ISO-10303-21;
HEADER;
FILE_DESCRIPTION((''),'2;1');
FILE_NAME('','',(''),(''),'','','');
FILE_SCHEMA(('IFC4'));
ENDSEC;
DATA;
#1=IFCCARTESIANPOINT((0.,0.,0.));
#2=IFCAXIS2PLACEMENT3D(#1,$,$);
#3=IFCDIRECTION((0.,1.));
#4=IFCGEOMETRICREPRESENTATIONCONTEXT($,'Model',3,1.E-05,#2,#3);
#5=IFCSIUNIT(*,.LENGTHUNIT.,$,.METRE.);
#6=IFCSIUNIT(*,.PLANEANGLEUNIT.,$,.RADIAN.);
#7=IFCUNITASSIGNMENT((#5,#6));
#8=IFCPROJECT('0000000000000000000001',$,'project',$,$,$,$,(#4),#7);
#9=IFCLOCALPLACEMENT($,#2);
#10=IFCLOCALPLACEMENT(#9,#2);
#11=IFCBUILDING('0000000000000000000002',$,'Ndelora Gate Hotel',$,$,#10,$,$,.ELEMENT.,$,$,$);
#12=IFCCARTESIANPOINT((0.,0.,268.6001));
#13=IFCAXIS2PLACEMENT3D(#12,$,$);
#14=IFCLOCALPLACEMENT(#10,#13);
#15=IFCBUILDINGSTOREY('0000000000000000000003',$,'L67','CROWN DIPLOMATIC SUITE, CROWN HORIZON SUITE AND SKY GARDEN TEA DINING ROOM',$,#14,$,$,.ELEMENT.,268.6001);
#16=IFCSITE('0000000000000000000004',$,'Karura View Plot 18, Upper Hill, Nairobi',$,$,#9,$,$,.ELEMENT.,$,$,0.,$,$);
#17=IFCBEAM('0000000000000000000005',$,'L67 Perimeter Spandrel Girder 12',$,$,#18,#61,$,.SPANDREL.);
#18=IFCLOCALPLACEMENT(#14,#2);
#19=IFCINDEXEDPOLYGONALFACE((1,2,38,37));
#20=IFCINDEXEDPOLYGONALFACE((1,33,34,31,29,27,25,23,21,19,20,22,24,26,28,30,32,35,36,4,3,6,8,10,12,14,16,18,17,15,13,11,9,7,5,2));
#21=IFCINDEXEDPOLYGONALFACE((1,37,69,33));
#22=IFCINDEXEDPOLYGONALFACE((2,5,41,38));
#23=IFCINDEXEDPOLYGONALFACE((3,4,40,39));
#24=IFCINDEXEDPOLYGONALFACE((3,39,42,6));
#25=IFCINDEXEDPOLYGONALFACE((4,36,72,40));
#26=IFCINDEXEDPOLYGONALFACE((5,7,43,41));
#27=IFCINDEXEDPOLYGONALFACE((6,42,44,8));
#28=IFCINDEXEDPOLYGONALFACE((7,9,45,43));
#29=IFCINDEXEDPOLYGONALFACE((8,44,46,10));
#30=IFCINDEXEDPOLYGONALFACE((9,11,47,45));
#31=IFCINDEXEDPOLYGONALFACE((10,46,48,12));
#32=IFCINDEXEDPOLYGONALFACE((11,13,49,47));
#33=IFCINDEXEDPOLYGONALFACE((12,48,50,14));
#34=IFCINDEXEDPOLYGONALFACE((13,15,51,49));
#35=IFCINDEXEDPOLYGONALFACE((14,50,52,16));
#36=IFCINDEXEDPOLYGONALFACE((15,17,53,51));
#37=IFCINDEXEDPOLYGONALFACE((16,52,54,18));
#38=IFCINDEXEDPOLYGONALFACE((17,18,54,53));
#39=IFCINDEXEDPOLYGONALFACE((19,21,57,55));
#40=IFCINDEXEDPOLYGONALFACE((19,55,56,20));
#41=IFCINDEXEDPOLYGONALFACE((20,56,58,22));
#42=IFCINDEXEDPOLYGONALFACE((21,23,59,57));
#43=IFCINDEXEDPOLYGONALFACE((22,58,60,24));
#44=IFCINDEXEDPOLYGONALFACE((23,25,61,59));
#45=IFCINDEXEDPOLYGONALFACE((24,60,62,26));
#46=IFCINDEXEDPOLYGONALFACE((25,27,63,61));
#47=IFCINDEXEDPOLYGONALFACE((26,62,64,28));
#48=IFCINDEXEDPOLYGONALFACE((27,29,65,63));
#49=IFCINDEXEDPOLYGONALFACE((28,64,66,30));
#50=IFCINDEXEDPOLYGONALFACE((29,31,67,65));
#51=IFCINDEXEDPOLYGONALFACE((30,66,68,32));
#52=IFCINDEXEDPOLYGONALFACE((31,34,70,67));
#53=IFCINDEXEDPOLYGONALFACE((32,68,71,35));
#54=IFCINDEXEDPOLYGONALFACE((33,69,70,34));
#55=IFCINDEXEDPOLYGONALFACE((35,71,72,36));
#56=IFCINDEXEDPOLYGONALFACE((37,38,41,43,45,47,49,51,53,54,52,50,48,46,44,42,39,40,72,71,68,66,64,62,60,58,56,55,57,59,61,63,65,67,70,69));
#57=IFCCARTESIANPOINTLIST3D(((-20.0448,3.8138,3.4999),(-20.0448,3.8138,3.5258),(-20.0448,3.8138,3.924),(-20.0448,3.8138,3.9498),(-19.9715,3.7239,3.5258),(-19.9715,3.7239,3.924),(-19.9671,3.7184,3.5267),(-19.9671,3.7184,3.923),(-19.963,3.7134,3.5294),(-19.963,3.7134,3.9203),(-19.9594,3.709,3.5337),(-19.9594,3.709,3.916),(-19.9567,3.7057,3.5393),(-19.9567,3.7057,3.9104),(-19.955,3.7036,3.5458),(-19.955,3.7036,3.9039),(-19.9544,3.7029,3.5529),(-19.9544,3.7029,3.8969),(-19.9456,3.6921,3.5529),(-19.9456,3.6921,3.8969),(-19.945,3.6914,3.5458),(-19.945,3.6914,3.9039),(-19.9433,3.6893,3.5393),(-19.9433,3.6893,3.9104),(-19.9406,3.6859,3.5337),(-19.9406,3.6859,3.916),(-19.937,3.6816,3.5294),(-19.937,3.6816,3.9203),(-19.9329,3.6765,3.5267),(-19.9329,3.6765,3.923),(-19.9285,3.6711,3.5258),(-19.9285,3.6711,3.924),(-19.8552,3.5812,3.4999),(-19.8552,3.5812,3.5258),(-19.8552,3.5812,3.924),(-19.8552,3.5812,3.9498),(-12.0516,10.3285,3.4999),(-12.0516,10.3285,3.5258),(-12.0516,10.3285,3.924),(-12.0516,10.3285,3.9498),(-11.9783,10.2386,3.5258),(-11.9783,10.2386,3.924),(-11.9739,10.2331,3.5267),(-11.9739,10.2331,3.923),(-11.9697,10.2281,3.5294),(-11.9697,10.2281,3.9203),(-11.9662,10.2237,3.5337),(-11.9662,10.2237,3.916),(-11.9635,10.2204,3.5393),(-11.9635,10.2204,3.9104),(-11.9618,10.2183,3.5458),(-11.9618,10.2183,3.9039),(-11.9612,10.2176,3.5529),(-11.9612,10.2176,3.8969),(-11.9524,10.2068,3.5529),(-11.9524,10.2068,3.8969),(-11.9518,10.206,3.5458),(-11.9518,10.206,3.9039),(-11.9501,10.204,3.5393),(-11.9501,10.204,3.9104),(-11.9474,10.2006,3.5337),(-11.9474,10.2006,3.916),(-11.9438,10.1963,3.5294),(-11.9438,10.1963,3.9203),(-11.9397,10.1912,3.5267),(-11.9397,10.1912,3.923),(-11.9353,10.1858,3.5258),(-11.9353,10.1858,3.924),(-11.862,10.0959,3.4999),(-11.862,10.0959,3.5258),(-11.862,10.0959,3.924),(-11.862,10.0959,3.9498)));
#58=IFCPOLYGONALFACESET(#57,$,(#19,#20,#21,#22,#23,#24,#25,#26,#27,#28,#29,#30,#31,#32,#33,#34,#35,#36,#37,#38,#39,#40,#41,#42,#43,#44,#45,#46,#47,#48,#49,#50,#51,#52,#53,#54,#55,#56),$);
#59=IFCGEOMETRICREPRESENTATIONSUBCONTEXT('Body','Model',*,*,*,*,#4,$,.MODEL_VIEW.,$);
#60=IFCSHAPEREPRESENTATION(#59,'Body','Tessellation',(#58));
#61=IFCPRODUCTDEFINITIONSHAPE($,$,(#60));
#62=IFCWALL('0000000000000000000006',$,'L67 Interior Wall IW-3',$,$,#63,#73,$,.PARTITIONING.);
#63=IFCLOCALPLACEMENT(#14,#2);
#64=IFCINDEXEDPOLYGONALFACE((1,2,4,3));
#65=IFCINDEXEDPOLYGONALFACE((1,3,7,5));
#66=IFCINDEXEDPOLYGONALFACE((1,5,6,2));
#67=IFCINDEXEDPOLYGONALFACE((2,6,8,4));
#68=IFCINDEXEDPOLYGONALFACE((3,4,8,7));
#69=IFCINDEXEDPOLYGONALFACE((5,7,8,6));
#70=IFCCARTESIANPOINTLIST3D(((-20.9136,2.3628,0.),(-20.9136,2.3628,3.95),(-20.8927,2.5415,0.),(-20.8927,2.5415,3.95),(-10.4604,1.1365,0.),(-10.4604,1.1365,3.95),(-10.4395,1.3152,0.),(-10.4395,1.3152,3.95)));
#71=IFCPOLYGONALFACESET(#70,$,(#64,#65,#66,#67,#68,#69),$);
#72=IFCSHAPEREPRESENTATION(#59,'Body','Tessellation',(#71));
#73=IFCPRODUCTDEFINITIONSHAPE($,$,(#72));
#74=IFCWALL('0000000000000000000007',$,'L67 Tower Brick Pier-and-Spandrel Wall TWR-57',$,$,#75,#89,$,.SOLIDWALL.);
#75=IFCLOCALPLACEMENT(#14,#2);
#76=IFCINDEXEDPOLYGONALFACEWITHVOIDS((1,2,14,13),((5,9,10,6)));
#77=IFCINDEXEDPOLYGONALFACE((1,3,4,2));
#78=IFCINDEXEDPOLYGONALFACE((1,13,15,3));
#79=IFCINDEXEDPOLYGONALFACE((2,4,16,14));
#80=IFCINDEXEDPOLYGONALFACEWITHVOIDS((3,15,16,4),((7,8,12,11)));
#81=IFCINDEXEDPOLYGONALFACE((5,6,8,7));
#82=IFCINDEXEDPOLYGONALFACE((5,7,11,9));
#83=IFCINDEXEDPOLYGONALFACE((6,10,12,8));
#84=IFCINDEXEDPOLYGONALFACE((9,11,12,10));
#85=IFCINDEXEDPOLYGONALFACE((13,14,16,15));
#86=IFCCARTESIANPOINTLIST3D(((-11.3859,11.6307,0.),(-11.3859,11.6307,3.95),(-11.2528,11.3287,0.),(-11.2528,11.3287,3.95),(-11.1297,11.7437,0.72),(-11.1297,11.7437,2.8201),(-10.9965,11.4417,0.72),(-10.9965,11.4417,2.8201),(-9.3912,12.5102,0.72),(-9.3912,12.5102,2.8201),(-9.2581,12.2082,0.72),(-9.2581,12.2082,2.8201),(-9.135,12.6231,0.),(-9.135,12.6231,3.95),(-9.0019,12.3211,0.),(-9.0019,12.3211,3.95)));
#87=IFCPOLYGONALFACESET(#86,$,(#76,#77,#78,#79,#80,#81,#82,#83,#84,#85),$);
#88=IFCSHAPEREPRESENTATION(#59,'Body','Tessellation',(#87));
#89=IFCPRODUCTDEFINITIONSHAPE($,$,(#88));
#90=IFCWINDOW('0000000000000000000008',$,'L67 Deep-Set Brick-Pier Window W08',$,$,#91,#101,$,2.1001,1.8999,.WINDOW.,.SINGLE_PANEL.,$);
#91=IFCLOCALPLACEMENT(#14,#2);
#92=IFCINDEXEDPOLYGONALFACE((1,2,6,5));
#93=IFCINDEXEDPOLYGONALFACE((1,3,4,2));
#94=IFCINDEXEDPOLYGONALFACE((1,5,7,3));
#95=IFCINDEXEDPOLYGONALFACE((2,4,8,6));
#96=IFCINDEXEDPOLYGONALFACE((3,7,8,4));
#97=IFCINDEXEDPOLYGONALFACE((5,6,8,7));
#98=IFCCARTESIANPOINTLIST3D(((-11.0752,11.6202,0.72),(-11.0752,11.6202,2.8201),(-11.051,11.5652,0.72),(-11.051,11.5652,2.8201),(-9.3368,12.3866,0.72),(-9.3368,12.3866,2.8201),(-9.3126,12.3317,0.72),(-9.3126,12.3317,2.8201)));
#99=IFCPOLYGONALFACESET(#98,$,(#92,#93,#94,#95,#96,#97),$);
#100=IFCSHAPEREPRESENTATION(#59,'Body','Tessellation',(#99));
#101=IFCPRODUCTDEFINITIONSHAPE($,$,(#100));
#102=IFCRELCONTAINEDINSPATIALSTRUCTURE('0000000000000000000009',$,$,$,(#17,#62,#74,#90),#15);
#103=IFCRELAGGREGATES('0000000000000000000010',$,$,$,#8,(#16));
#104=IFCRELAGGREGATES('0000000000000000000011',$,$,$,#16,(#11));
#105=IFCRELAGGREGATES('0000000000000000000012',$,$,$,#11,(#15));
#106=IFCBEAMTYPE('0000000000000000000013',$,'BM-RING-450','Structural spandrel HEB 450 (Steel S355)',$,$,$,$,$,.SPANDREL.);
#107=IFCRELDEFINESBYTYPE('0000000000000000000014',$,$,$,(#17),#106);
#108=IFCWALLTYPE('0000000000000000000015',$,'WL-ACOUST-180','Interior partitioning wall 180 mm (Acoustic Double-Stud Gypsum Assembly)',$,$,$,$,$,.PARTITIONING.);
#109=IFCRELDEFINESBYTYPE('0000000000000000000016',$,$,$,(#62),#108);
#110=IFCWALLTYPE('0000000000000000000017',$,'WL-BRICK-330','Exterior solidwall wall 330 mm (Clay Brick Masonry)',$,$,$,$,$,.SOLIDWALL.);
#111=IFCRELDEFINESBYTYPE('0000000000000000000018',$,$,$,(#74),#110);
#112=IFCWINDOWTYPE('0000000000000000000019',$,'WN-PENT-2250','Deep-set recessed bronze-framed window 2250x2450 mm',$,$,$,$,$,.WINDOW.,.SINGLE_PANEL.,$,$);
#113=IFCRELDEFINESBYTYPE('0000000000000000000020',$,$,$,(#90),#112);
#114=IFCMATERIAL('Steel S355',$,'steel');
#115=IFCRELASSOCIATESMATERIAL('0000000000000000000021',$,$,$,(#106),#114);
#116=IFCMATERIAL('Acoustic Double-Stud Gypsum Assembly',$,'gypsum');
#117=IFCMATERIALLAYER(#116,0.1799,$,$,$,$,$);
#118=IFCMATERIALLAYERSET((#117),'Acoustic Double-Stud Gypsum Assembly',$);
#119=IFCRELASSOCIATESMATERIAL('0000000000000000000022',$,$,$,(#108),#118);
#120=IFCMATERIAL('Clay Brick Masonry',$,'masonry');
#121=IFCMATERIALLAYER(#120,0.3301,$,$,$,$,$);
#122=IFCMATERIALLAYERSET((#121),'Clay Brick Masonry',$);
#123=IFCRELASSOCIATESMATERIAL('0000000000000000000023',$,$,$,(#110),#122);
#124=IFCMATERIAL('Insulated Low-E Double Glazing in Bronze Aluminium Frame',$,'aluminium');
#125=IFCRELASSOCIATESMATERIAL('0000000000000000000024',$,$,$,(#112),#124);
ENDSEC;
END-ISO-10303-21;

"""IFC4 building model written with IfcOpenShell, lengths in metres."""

from ifc_helpers import new_model, si_unit, direction, frame, frame_2d, origin, origin_2d, place, context, subcontext, project, spatial, rectangle, i_section, extrude, material, layer, layer_set, material_profile, profile_set, type_object, element, fill, save


model = new_model("IFC4")

# Units and contexts
model_context = context("Model", 3, precision=1e-05, world=origin(), true_north=direction((0.0, 1.0)))
body_context = subcontext(model_context, "Body", "Model", "MODEL_VIEW")
ifc_project = project(units=[si_unit("LENGTHUNIT", "METRE"), si_unit("PLANEANGLEUNIT", "RADIAN")], contexts=[model_context])

# Site, building, storey
site_placement = place(None, origin())
site = spatial("IfcSite", under=ifc_project, at=site_placement, Name="Karura View Plot 18, Upper Hill, Nairobi", CompositionType="ELEMENT", RefElevation=0.0)
building_placement = place(site_placement, origin())
building = spatial("IfcBuilding", under=site, at=building_placement, Name="Ndelora Gate Hotel", CompositionType="ELEMENT")
storey_placement = place(building_placement, frame((0.0, 0.0, 268.6001)))
storey = spatial("IfcBuildingStorey", under=building, at=storey_placement, Name="L67", Description="CROWN DIPLOMATIC SUITE, CROWN HORIZON SUITE AND SKY GARDEN TEA DINING ROOM", CompositionType="ELEMENT", Elevation=268.6001)

# Beam
ifc_material_1 = material(Name="Steel S355", Category="steel")
ifc_material_profile = material_profile(ifc_material_1, i_section(OverallWidth=0.3, OverallDepth=0.45, WebThickness=0.0139, FlangeThickness=0.0259, FilletRadius=0.0271, at=origin_2d()), Name="HEB 450")
ifc_profile_set = profile_set([ifc_material_profile], Name="Steel S355")
beam_type = type_object("IfcBeamType", Name="BM-RING-450", Description="Structural spandrel HEB 450 (Steel S355)", PredefinedType="SPANDREL", material=ifc_profile_set)
beam_placement = place(storey_placement, frame((-11.9568, 10.2122, 3.7249), z_axis=(-0.775154, -0.631772, 0.0), x_axis=(0.631772, -0.775154, 0.0)))
element("IfcBeam", 1, at=beam_placement, inside=storey, type_object=beam_type, Name="L67 Perimeter Spandrel Girder 12", PredefinedType="SPANDREL", context=body_context, shape_type="SweptSolid", body=[
    extrude(i_section(OverallWidth=0.3, OverallDepth=0.45, WebThickness=0.0139, FlangeThickness=0.0259, FilletRadius=0.0271, at=origin_2d()), origin(), (0.0, 0.0, 1.0), 10.3118),
])

# Wall
ifc_material_2 = material(Name="Acoustic Double-Stud Gypsum Assembly", Category="gypsum")
ifc_layer_1 = layer(ifc_material_2, 0.1799)
ifc_layer_set_1 = layer_set([ifc_layer_1], Name="Acoustic Double-Stud Gypsum Assembly")
wall_type_1 = type_object("IfcWallType", Name="WL-ACOUST-180", Description="Interior partitioning wall 180 mm (Acoustic Double-Stud Gypsum Assembly)", PredefinedType="PARTITIONING", material=ifc_layer_set_1)
wall_1_placement = place(storey_placement, frame((-10.45, 1.2258, 0.0), z_axis=(0.0, 0.0, 1.0), x_axis=(-0.993189, 0.116517, 0.0)))
element("IfcWall", 2, at=wall_1_placement, inside=storey, type_object=wall_type_1, Name="L67 Interior Wall IW-3", PredefinedType="PARTITIONING", context=body_context, shape_type="SweptSolid", body=[
    extrude(rectangle(XDim=10.5249, YDim=0.1799, at=frame_2d((5.2625, 0.0))), origin(), (0.0, 0.0, 1.0), 3.95),
])

# Wall, opening, window
ifc_material_3 = material(Name="Clay Brick Masonry", Category="masonry")
ifc_layer_2 = layer(ifc_material_3, 0.3301)
ifc_layer_set_2 = layer_set([ifc_layer_2], Name="Clay Brick Masonry")
wall_type_2 = type_object("IfcWallType", Name="WL-BRICK-330", Description="Exterior solidwall wall 330 mm (Clay Brick Masonry)", PredefinedType="SOLIDWALL", material=ifc_layer_set_2)
wall_2_placement = place(storey_placement, frame((-11.3193, 11.4797, 0.0), z_axis=(0.0, 0.0, 1.0), x_axis=(0.915015, 0.40342, 0.0)))
wall_2 = element("IfcWall", 3, at=wall_2_placement, inside=storey, type_object=wall_type_2, Name="L67 Tower Brick Pier-and-Spandrel Wall TWR-57", PredefinedType="SOLIDWALL", context=body_context, shape_type="SweptSolid", body=[
    extrude(rectangle(XDim=2.46, YDim=0.3301, at=frame_2d((1.23, 0.0))), origin(), (0.0, 0.0, 1.0), 3.95),
])
opening_1_placement = place(wall_2_placement, frame((0.28, 0.0, 0.72)))
opening_1 = element("IfcOpeningElement", 4, at=opening_1_placement, cuts=wall_2, PredefinedType="OPENING", context=body_context, shape_type="SweptSolid", body=[
    extrude(rectangle(XDim=1.8999, YDim=2.1001, at=frame_2d((0.95, 1.05))), frame((0.0, 0.175, 0.0), z_axis=(0.0, -1.0, 0.0), x_axis=(1.0, 0.0, 0.0)), (0.0, 0.0, 1.0), 0.3501),
])
ifc_material_4 = material(Name="Insulated Low-E Double Glazing in Bronze Aluminium Frame", Category="aluminium")
window_type = type_object("IfcWindowType", Name="WN-PENT-2250", Description="Deep-set recessed bronze-framed window 2250x2450 mm", PartitioningType="SINGLE_PANEL", PredefinedType="WINDOW", material=ifc_material_4)
window_placement = place(opening_1_placement, origin())
window = element("IfcWindow", 5, at=window_placement, inside=storey, type_object=window_type, Name="L67 Deep-Set Brick-Pier Window W08", OverallHeight=2.1001, OverallWidth=1.8999, PartitioningType="SINGLE_PANEL", PredefinedType="WINDOW", context=body_context, shape_type="SweptSolid", body=[
    extrude(rectangle(XDim=1.8999, YDim=2.1001, at=frame_2d((0.95, 1.05))), frame((0.0, 0.03, 0.0), z_axis=(0.0, -1.0, 0.0), x_axis=(1.0, 0.0, 0.0)), (0.0, 0.0, 1.0), 0.0601),
])
fill(opening_1, window)

save(model, "model.ifc")
